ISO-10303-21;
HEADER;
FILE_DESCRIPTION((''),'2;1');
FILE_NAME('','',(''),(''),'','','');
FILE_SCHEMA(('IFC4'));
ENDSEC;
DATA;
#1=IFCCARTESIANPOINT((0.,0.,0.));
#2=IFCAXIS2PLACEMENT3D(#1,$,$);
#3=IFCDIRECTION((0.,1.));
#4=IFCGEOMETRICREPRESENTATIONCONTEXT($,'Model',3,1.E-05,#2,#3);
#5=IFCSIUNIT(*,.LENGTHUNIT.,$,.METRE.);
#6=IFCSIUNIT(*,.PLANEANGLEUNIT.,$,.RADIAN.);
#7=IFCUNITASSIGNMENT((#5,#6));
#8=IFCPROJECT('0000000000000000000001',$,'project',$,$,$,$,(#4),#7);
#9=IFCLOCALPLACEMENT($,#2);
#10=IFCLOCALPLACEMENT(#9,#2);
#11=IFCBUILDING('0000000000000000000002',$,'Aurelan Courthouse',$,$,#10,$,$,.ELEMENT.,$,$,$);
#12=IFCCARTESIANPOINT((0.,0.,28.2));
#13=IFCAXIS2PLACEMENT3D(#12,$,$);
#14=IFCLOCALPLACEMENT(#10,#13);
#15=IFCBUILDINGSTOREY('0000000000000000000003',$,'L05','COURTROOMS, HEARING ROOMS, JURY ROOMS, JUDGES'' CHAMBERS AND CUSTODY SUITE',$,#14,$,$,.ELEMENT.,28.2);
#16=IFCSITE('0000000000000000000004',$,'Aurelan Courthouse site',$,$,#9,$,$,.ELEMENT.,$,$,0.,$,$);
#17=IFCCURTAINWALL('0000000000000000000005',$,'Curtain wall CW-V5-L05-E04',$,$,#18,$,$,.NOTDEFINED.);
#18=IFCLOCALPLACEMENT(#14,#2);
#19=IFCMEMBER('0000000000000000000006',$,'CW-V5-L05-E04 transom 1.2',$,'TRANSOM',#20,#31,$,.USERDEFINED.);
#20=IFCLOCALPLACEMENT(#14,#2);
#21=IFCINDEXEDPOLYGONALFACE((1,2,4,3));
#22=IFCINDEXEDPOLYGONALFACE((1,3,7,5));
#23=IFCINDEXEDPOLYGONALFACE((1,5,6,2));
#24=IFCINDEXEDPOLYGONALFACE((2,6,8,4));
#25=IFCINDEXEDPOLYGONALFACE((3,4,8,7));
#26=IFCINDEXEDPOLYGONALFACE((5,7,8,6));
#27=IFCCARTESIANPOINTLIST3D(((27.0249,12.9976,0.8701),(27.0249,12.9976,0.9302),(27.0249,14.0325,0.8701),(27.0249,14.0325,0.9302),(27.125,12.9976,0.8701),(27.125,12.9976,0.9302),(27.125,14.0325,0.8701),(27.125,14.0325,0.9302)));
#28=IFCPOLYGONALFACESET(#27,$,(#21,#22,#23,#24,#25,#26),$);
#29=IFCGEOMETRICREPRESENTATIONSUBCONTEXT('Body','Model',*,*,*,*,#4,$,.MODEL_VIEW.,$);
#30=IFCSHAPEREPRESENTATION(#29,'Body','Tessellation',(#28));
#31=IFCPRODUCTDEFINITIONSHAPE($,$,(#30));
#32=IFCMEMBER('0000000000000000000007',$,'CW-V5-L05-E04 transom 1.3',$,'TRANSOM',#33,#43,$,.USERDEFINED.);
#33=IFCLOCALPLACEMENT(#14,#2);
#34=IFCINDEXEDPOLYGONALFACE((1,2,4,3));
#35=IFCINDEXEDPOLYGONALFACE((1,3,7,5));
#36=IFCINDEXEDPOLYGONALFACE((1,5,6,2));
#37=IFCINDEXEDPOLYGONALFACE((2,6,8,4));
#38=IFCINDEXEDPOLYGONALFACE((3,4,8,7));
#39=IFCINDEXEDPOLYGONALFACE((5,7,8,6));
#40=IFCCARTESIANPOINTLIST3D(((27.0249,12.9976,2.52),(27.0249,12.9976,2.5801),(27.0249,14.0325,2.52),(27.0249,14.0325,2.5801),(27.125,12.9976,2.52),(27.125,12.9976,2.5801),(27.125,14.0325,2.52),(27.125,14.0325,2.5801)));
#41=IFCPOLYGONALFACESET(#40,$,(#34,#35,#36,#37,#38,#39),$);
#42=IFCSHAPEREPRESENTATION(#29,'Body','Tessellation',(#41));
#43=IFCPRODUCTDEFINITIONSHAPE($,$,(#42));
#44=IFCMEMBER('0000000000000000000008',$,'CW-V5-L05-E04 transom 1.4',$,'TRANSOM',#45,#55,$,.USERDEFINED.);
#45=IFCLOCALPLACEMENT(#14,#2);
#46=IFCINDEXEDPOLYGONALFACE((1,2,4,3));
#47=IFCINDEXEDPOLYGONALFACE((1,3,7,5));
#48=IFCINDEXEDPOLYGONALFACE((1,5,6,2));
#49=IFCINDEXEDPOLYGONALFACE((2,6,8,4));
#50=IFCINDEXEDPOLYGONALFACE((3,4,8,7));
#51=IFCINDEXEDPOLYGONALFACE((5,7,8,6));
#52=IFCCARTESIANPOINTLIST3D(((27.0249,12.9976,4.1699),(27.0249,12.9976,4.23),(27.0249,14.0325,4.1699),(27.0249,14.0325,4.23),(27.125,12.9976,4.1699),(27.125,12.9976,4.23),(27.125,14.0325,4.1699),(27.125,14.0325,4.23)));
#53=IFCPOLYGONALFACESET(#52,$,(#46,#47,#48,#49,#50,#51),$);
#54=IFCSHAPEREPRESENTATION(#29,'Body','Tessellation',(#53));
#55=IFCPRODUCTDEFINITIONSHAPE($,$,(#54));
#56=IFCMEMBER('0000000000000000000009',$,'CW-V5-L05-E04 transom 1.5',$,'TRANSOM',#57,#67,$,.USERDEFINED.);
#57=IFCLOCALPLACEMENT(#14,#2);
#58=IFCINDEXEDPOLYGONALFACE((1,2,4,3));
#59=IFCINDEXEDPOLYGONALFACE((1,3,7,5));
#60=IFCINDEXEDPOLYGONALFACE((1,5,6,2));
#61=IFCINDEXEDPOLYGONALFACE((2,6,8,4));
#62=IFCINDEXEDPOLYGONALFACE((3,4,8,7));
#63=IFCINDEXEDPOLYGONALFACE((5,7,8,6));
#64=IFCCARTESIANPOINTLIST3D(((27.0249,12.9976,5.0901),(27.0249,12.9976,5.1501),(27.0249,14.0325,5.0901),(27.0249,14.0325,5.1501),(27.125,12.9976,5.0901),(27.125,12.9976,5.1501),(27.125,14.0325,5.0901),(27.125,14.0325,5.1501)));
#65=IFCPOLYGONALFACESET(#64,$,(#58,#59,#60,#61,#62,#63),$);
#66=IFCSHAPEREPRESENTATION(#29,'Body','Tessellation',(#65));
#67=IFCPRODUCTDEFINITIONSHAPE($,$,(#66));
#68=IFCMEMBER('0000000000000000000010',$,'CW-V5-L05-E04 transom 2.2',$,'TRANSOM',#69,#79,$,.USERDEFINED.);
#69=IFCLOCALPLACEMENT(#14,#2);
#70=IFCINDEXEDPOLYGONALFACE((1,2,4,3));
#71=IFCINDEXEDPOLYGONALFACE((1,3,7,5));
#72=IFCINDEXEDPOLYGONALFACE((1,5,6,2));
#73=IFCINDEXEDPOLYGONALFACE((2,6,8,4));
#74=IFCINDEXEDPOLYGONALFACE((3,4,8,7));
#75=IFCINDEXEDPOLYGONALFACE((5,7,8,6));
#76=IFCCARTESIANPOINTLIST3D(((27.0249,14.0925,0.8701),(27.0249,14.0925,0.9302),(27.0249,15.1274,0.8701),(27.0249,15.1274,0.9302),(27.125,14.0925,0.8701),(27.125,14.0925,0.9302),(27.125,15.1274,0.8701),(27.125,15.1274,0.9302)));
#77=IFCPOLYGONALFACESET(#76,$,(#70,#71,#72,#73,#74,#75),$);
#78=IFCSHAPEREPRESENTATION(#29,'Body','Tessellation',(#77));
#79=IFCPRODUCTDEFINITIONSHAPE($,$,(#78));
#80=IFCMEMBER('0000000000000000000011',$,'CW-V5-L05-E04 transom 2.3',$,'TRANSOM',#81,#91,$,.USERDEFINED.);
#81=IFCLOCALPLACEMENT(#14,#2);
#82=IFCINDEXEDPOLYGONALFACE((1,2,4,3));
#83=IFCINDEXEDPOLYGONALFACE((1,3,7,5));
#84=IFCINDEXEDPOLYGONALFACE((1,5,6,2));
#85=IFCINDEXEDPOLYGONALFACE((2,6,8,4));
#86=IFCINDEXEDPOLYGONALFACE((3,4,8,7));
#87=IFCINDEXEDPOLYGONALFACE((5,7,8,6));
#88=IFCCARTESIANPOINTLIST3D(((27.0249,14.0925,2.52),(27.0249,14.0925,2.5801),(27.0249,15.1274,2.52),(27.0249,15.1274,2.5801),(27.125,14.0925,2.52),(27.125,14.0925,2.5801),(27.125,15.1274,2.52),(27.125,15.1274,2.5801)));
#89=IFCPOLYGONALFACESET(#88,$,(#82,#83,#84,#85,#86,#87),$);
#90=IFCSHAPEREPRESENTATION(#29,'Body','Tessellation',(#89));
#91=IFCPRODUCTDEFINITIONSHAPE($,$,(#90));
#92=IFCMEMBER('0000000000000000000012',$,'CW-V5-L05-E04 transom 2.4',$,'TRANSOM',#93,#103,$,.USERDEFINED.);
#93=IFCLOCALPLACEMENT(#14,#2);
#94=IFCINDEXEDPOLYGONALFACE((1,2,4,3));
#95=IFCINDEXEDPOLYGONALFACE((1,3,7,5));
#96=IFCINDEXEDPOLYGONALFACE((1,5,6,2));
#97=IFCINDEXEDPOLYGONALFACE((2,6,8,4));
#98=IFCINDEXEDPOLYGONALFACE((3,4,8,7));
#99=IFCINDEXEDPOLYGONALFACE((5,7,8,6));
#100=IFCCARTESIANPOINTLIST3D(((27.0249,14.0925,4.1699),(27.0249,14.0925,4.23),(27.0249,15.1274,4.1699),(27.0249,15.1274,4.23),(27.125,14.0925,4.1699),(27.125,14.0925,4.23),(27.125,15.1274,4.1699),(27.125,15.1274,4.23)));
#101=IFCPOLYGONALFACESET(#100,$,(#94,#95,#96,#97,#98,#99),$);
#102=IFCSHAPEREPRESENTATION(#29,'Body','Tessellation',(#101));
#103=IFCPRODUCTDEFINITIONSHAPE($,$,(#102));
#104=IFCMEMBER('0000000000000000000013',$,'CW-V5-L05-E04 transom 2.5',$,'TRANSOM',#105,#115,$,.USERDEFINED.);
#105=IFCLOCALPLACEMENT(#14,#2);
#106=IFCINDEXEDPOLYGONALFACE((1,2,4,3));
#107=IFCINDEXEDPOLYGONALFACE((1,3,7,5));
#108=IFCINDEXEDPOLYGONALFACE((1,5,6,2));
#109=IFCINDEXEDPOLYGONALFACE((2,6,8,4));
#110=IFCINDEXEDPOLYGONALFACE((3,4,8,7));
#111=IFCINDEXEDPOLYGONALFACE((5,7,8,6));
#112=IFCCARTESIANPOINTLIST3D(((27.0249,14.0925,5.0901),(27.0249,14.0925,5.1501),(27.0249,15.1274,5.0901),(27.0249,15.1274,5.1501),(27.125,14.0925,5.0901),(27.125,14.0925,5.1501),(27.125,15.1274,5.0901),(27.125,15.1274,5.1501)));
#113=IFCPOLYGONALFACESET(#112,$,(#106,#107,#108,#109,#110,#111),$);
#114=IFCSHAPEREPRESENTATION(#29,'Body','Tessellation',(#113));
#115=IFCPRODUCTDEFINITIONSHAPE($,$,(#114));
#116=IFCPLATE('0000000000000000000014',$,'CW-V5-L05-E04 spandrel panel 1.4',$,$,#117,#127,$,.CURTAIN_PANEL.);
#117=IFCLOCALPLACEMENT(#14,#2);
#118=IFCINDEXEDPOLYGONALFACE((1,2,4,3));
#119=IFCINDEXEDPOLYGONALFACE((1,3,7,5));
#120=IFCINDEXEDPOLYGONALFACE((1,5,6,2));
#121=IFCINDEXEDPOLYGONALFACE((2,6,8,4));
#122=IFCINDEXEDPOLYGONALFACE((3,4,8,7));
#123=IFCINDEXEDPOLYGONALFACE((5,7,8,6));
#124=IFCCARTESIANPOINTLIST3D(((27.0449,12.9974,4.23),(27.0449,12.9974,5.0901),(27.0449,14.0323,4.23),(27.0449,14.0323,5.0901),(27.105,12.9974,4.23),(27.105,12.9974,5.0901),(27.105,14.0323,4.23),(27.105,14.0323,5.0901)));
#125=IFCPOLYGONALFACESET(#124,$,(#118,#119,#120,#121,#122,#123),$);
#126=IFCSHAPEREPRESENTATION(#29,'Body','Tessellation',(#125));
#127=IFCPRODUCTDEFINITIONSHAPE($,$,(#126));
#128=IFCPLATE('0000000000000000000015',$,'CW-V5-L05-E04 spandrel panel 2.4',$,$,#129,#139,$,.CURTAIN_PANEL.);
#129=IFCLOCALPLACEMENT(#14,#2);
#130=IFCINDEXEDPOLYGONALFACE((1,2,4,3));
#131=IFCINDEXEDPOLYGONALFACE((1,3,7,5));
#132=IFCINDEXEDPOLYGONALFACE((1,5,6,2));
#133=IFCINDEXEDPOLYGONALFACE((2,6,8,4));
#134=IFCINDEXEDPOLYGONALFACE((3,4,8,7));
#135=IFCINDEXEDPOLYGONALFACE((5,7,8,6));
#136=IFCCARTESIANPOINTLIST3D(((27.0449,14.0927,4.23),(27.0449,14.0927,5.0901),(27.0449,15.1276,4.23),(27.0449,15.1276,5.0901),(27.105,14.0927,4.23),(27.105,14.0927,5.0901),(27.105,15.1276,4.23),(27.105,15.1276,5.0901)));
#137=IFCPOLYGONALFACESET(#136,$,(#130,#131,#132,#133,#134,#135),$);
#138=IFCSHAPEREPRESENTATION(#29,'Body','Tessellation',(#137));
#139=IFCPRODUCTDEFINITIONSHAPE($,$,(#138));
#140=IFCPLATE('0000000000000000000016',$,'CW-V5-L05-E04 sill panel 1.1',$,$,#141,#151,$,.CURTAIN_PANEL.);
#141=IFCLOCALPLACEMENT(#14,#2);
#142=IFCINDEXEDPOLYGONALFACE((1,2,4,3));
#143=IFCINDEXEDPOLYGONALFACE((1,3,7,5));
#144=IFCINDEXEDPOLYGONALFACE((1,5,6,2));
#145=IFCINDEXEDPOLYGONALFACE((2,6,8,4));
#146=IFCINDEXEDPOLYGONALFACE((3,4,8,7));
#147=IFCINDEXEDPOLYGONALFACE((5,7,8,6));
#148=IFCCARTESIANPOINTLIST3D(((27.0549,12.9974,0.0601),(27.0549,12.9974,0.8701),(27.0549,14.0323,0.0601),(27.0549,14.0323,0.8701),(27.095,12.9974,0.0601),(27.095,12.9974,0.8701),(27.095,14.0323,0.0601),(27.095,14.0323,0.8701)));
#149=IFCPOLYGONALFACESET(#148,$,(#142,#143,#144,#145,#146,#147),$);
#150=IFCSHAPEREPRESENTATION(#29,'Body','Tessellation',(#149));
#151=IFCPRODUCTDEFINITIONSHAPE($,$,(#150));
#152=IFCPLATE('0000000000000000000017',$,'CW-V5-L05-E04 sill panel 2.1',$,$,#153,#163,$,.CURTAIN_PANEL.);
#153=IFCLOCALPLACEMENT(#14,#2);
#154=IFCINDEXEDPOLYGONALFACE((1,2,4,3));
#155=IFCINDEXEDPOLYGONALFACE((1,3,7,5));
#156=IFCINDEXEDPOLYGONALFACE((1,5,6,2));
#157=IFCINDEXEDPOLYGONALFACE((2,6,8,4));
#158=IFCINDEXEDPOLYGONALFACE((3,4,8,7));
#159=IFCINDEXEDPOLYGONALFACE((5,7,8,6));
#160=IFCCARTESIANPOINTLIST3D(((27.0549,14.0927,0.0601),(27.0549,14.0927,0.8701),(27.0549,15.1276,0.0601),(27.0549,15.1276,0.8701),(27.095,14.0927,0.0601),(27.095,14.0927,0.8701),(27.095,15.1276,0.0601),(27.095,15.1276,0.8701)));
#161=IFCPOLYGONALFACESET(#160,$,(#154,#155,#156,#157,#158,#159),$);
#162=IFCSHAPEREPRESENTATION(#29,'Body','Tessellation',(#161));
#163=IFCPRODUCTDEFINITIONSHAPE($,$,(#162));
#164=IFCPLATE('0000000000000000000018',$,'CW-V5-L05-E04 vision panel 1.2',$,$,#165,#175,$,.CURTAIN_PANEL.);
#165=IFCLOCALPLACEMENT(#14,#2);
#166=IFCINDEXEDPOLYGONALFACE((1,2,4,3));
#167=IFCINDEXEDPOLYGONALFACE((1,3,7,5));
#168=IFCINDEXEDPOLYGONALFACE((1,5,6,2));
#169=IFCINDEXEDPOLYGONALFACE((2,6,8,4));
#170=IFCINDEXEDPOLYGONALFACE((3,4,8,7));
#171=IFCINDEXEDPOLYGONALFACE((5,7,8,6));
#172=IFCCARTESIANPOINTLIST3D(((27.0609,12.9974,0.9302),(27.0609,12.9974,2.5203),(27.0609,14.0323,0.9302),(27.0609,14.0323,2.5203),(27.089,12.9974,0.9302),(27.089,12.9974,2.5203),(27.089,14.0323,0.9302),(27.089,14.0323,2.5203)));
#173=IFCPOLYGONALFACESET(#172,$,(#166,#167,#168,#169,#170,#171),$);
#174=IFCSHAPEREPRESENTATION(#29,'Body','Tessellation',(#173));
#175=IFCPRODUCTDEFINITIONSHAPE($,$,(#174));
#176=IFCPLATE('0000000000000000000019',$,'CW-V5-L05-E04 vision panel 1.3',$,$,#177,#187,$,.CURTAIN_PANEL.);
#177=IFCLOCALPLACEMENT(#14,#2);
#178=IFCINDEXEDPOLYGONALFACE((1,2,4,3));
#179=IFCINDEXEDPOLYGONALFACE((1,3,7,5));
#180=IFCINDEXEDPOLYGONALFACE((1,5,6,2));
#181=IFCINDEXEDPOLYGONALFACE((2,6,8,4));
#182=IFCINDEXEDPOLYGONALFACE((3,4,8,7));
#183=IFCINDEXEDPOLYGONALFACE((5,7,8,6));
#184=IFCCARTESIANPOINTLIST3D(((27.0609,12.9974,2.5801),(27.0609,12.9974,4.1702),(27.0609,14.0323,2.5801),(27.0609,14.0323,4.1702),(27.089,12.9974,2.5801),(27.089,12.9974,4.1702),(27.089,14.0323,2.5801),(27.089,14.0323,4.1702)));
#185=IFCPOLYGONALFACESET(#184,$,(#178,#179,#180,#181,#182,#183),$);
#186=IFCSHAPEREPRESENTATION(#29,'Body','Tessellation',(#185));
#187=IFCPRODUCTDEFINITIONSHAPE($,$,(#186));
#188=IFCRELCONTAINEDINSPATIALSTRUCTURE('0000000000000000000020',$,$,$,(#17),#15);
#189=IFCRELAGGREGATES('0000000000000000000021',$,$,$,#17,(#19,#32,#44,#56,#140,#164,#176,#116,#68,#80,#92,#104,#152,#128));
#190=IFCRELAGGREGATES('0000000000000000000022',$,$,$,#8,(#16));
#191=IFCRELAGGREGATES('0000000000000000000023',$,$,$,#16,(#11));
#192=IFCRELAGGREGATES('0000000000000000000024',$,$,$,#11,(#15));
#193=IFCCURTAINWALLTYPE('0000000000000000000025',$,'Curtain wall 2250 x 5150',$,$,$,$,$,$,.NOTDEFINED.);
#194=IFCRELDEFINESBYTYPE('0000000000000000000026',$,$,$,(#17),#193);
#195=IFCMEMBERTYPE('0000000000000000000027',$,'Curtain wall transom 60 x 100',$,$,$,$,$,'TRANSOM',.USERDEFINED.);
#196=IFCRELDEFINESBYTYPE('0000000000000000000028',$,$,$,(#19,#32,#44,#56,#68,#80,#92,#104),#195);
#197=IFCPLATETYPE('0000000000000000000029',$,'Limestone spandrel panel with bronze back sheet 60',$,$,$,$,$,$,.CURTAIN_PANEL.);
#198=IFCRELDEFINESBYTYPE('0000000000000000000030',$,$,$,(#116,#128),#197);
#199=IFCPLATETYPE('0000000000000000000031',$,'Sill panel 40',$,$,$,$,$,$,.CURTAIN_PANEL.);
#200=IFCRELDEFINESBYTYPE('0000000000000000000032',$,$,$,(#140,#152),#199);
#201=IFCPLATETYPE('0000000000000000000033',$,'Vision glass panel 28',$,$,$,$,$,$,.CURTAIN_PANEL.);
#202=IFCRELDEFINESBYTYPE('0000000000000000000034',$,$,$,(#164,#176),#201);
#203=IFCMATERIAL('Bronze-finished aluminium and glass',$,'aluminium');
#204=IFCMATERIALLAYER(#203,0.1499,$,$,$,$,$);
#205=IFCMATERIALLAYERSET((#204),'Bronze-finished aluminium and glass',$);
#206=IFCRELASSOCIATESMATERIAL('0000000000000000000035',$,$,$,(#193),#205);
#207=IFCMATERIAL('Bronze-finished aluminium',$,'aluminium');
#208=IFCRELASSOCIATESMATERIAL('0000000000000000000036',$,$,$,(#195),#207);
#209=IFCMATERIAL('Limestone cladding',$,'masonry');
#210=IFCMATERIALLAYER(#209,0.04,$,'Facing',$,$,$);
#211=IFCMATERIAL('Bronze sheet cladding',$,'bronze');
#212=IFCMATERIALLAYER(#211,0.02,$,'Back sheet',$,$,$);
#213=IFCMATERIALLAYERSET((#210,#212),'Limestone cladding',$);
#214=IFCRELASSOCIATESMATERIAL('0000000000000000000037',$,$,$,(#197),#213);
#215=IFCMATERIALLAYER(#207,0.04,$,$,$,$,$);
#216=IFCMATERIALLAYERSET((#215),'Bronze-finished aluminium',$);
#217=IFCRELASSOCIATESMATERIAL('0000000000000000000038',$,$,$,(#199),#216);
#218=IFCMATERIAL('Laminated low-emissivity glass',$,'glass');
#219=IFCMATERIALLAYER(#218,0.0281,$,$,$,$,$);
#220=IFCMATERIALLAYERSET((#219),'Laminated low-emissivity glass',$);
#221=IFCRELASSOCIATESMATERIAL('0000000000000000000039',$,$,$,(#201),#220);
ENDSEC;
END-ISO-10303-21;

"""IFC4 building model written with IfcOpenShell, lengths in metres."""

from ifc_helpers import new_model, si_unit, direction, frame, origin, origin_2d, place, context, subcontext, project, spatial, rectangle, extrude, material, layer, layer_set, material_profile, profile_set, type_object, element, aggregate, save


model = new_model("IFC4")

# Units and contexts
model_context = context("Model", 3, precision=1e-05, world=origin(), true_north=direction((0.0, 1.0)))
body_context = subcontext(model_context, "Body", "Model", "MODEL_VIEW")
ifc_project = project(units=[si_unit("LENGTHUNIT", "METRE"), si_unit("PLANEANGLEUNIT", "RADIAN")], contexts=[model_context])

# Site, building, storey
site_placement = place(None, origin())
site = spatial("IfcSite", under=ifc_project, at=site_placement, Name="Aurelan Courthouse site", CompositionType="ELEMENT", RefElevation=0.0)
building_placement = place(site_placement, origin())
building = spatial("IfcBuilding", under=site, at=building_placement, Name="Aurelan Courthouse", CompositionType="ELEMENT")
storey_placement = place(building_placement, frame((0.0, 0.0, 28.2)))
storey = spatial("IfcBuildingStorey", under=building, at=storey_placement, Name="L05", Description="COURTROOMS, HEARING ROOMS, JURY ROOMS, JUDGES' CHAMBERS AND CUSTODY SUITE", CompositionType="ELEMENT", Elevation=28.2)

# Curtain wall, members, plates
ifc_material_1 = material(Name="Bronze-finished aluminium and glass", Category="aluminium")
ifc_layer_1 = layer(ifc_material_1, 0.1499)
ifc_layer_set_1 = layer_set([ifc_layer_1], Name="Bronze-finished aluminium and glass")
curtain_wall_type = type_object("IfcCurtainWallType", Name="Curtain wall 2250 x 5150", PredefinedType="NOTDEFINED", material=ifc_layer_set_1)
curtain_wall_placement = place(storey_placement, origin())
curtain_wall = element("IfcCurtainWall", 1, at=curtain_wall_placement, inside=storey, type_object=curtain_wall_type, Name="Curtain wall CW-V5-L05-E04", PredefinedType="NOTDEFINED")
ifc_material_2 = material(Name="Bronze-finished aluminium", Category="aluminium")
ifc_material_profile = material_profile(ifc_material_2, rectangle(XDim=0.1001, YDim=0.0601, at=origin_2d()), Name="Bronze transom 60 x 100")
ifc_profile_set = profile_set([ifc_material_profile], Name="Bronze-finished aluminium")
member_type = type_object("IfcMemberType", Name="Curtain wall transom 60 x 100", ElementType="TRANSOM", PredefinedType="USERDEFINED", material=ifc_profile_set)
member_1_placement = place(storey_placement, frame((27.075, 12.9976, 0.9001), z_axis=(0.0, 1.0, 0.0), x_axis=(-1.0, 0.0, 0.0)))
member_1 = element("IfcMember", 2, at=member_1_placement, type_object=member_type, Name="CW-V5-L05-E04 transom 1.2", ObjectType="TRANSOM", PredefinedType="USERDEFINED", context=body_context, shape_type="SweptSolid", body=[
    extrude(rectangle(XDim=0.1001, YDim=0.0601, at=origin_2d()), origin(), (0.0, 0.0, 1.0), 1.0349),
])
member_2_placement = place(storey_placement, frame((27.075, 12.9976, 2.55), z_axis=(0.0, 1.0, 0.0), x_axis=(-1.0, 0.0, 0.0)))
member_2 = element("IfcMember", 3, at=member_2_placement, type_object=member_type, Name="CW-V5-L05-E04 transom 1.3", ObjectType="TRANSOM", PredefinedType="USERDEFINED", context=body_context, shape_type="SweptSolid", body=[
    extrude(rectangle(XDim=0.1001, YDim=0.0601, at=origin_2d()), origin(), (0.0, 0.0, 1.0), 1.0349),
])
member_3_placement = place(storey_placement, frame((27.075, 12.9976, 4.2), z_axis=(0.0, 1.0, 0.0), x_axis=(-1.0, 0.0, 0.0)))
member_3 = element("IfcMember", 4, at=member_3_placement, type_object=member_type, Name="CW-V5-L05-E04 transom 1.4", ObjectType="TRANSOM", PredefinedType="USERDEFINED", context=body_context, shape_type="SweptSolid", body=[
    extrude(rectangle(XDim=0.1001, YDim=0.0601, at=origin_2d()), origin(), (0.0, 0.0, 1.0), 1.0349),
])
member_4_placement = place(storey_placement, frame((27.075, 12.9976, 5.1201), z_axis=(0.0, 1.0, 0.0), x_axis=(-1.0, 0.0, 0.0)))
member_4 = element("IfcMember", 5, at=member_4_placement, type_object=member_type, Name="CW-V5-L05-E04 transom 1.5", ObjectType="TRANSOM", PredefinedType="USERDEFINED", context=body_context, shape_type="SweptSolid", body=[
    extrude(rectangle(XDim=0.1001, YDim=0.0601, at=origin_2d()), origin(), (0.0, 0.0, 1.0), 1.0349),
])
member_5_placement = place(storey_placement, frame((27.075, 14.0925, 0.9001), z_axis=(0.0, 1.0, 0.0), x_axis=(-1.0, 0.0, 0.0)))
member_5 = element("IfcMember", 6, at=member_5_placement, type_object=member_type, Name="CW-V5-L05-E04 transom 2.2", ObjectType="TRANSOM", PredefinedType="USERDEFINED", context=body_context, shape_type="SweptSolid", body=[
    extrude(rectangle(XDim=0.1001, YDim=0.0601, at=origin_2d()), origin(), (0.0, 0.0, 1.0), 1.0349),
])
member_6_placement = place(storey_placement, frame((27.075, 14.0925, 2.55), z_axis=(0.0, 1.0, 0.0), x_axis=(-1.0, 0.0, 0.0)))
member_6 = element("IfcMember", 7, at=member_6_placement, type_object=member_type, Name="CW-V5-L05-E04 transom 2.3", ObjectType="TRANSOM", PredefinedType="USERDEFINED", context=body_context, shape_type="SweptSolid", body=[
    extrude(rectangle(XDim=0.1001, YDim=0.0601, at=origin_2d()), origin(), (0.0, 0.0, 1.0), 1.0349),
])
member_7_placement = place(storey_placement, frame((27.075, 14.0925, 4.2), z_axis=(0.0, 1.0, 0.0), x_axis=(-1.0, 0.0, 0.0)))
member_7 = element("IfcMember", 8, at=member_7_placement, type_object=member_type, Name="CW-V5-L05-E04 transom 2.4", ObjectType="TRANSOM", PredefinedType="USERDEFINED", context=body_context, shape_type="SweptSolid", body=[
    extrude(rectangle(XDim=0.1001, YDim=0.0601, at=origin_2d()), origin(), (0.0, 0.0, 1.0), 1.0349),
])
member_8_placement = place(storey_placement, frame((27.075, 14.0925, 5.1201), z_axis=(0.0, 1.0, 0.0), x_axis=(-1.0, 0.0, 0.0)))
member_8 = element("IfcMember", 9, at=member_8_placement, type_object=member_type, Name="CW-V5-L05-E04 transom 2.5", ObjectType="TRANSOM", PredefinedType="USERDEFINED", context=body_context, shape_type="SweptSolid", body=[
    extrude(rectangle(XDim=0.1001, YDim=0.0601, at=origin_2d()), origin(), (0.0, 0.0, 1.0), 1.0349),
])
ifc_material_3 = material(Name="Limestone cladding", Category="masonry")
ifc_layer_2 = layer(ifc_material_3, 0.04, Name="Facing")
ifc_material_4 = material(Name="Bronze sheet cladding", Category="bronze")
ifc_layer_3 = layer(ifc_material_4, 0.02, Name="Back sheet")
ifc_layer_set_2 = layer_set([ifc_layer_2, ifc_layer_3], Name="Limestone cladding")
plate_type_1 = type_object("IfcPlateType", Name="Limestone spandrel panel with bronze back sheet 60", PredefinedType="CURTAIN_PANEL", material=ifc_layer_set_2)
plate_1_placement = place(storey_placement, frame((27.075, 13.5149, 4.23), z_axis=(0.0, 0.0, 1.0), x_axis=(0.0, 1.0, 0.0)))
plate_1 = element("IfcPlate", 10, at=plate_1_placement, type_object=plate_type_1, Name="CW-V5-L05-E04 spandrel panel 1.4", PredefinedType="CURTAIN_PANEL", context=body_context, shape_type="SweptSolid", body=[
    extrude(rectangle(XDim=1.0349, YDim=0.0601, at=origin_2d()), origin(), (0.0, 0.0, 1.0), 0.8601),
])
plate_2_placement = place(storey_placement, frame((27.075, 14.6101, 4.23), z_axis=(0.0, 0.0, 1.0), x_axis=(0.0, 1.0, 0.0)))
plate_2 = element("IfcPlate", 11, at=plate_2_placement, type_object=plate_type_1, Name="CW-V5-L05-E04 spandrel panel 2.4", PredefinedType="CURTAIN_PANEL", context=body_context, shape_type="SweptSolid", body=[
    extrude(rectangle(XDim=1.0349, YDim=0.0601, at=origin_2d()), origin(), (0.0, 0.0, 1.0), 0.8601),
])
ifc_layer_4 = layer(ifc_material_2, 0.04)
ifc_layer_set_3 = layer_set([ifc_layer_4], Name="Bronze-finished aluminium")
plate_type_2 = type_object("IfcPlateType", Name="Sill panel 40", PredefinedType="CURTAIN_PANEL", material=ifc_layer_set_3)
plate_3_placement = place(storey_placement, frame((27.075, 13.5149, 0.0601), z_axis=(0.0, 0.0, 1.0), x_axis=(0.0, 1.0, 0.0)))
plate_3 = element("IfcPlate", 12, at=plate_3_placement, type_object=plate_type_2, Name="CW-V5-L05-E04 sill panel 1.1", PredefinedType="CURTAIN_PANEL", context=body_context, shape_type="SweptSolid", body=[
    extrude(rectangle(XDim=1.0349, YDim=0.04, at=origin_2d()), origin(), (0.0, 0.0, 1.0), 0.8101),
])
plate_4_placement = place(storey_placement, frame((27.075, 14.6101, 0.0601), z_axis=(0.0, 0.0, 1.0), x_axis=(0.0, 1.0, 0.0)))
plate_4 = element("IfcPlate", 13, at=plate_4_placement, type_object=plate_type_2, Name="CW-V5-L05-E04 sill panel 2.1", PredefinedType="CURTAIN_PANEL", context=body_context, shape_type="SweptSolid", body=[
    extrude(rectangle(XDim=1.0349, YDim=0.04, at=origin_2d()), origin(), (0.0, 0.0, 1.0), 0.8101),
])
ifc_material_5 = material(Name="Laminated low-emissivity glass", Category="glass")
ifc_layer_5 = layer(ifc_material_5, 0.0281)
ifc_layer_set_4 = layer_set([ifc_layer_5], Name="Laminated low-emissivity glass")
plate_type_3 = type_object("IfcPlateType", Name="Vision glass panel 28", PredefinedType="CURTAIN_PANEL", material=ifc_layer_set_4)
plate_5_placement = place(storey_placement, frame((27.075, 13.5149, 0.9302), z_axis=(0.0, 0.0, 1.0), x_axis=(0.0, 1.0, 0.0)))
plate_5 = element("IfcPlate", 14, at=plate_5_placement, type_object=plate_type_3, Name="CW-V5-L05-E04 vision panel 1.2", PredefinedType="CURTAIN_PANEL", context=body_context, shape_type="SweptSolid", body=[
    extrude(rectangle(XDim=1.0349, YDim=0.0281, at=origin_2d()), origin(), (0.0, 0.0, 1.0), 1.5901),
])
plate_6_placement = place(storey_placement, frame((27.075, 13.5149, 2.5801), z_axis=(0.0, 0.0, 1.0), x_axis=(0.0, 1.0, 0.0)))
plate_6 = element("IfcPlate", 15, at=plate_6_placement, type_object=plate_type_3, Name="CW-V5-L05-E04 vision panel 1.3", PredefinedType="CURTAIN_PANEL", context=body_context, shape_type="SweptSolid", body=[
    extrude(rectangle(XDim=1.0349, YDim=0.0281, at=origin_2d()), origin(), (0.0, 0.0, 1.0), 1.5901),
])
aggregate(curtain_wall, [member_1, member_2, member_3, member_4, plate_3, plate_5, plate_6, plate_1, member_5, member_6, member_7, member_8, plate_4, plate_2])

save(model, "model.ifc")
